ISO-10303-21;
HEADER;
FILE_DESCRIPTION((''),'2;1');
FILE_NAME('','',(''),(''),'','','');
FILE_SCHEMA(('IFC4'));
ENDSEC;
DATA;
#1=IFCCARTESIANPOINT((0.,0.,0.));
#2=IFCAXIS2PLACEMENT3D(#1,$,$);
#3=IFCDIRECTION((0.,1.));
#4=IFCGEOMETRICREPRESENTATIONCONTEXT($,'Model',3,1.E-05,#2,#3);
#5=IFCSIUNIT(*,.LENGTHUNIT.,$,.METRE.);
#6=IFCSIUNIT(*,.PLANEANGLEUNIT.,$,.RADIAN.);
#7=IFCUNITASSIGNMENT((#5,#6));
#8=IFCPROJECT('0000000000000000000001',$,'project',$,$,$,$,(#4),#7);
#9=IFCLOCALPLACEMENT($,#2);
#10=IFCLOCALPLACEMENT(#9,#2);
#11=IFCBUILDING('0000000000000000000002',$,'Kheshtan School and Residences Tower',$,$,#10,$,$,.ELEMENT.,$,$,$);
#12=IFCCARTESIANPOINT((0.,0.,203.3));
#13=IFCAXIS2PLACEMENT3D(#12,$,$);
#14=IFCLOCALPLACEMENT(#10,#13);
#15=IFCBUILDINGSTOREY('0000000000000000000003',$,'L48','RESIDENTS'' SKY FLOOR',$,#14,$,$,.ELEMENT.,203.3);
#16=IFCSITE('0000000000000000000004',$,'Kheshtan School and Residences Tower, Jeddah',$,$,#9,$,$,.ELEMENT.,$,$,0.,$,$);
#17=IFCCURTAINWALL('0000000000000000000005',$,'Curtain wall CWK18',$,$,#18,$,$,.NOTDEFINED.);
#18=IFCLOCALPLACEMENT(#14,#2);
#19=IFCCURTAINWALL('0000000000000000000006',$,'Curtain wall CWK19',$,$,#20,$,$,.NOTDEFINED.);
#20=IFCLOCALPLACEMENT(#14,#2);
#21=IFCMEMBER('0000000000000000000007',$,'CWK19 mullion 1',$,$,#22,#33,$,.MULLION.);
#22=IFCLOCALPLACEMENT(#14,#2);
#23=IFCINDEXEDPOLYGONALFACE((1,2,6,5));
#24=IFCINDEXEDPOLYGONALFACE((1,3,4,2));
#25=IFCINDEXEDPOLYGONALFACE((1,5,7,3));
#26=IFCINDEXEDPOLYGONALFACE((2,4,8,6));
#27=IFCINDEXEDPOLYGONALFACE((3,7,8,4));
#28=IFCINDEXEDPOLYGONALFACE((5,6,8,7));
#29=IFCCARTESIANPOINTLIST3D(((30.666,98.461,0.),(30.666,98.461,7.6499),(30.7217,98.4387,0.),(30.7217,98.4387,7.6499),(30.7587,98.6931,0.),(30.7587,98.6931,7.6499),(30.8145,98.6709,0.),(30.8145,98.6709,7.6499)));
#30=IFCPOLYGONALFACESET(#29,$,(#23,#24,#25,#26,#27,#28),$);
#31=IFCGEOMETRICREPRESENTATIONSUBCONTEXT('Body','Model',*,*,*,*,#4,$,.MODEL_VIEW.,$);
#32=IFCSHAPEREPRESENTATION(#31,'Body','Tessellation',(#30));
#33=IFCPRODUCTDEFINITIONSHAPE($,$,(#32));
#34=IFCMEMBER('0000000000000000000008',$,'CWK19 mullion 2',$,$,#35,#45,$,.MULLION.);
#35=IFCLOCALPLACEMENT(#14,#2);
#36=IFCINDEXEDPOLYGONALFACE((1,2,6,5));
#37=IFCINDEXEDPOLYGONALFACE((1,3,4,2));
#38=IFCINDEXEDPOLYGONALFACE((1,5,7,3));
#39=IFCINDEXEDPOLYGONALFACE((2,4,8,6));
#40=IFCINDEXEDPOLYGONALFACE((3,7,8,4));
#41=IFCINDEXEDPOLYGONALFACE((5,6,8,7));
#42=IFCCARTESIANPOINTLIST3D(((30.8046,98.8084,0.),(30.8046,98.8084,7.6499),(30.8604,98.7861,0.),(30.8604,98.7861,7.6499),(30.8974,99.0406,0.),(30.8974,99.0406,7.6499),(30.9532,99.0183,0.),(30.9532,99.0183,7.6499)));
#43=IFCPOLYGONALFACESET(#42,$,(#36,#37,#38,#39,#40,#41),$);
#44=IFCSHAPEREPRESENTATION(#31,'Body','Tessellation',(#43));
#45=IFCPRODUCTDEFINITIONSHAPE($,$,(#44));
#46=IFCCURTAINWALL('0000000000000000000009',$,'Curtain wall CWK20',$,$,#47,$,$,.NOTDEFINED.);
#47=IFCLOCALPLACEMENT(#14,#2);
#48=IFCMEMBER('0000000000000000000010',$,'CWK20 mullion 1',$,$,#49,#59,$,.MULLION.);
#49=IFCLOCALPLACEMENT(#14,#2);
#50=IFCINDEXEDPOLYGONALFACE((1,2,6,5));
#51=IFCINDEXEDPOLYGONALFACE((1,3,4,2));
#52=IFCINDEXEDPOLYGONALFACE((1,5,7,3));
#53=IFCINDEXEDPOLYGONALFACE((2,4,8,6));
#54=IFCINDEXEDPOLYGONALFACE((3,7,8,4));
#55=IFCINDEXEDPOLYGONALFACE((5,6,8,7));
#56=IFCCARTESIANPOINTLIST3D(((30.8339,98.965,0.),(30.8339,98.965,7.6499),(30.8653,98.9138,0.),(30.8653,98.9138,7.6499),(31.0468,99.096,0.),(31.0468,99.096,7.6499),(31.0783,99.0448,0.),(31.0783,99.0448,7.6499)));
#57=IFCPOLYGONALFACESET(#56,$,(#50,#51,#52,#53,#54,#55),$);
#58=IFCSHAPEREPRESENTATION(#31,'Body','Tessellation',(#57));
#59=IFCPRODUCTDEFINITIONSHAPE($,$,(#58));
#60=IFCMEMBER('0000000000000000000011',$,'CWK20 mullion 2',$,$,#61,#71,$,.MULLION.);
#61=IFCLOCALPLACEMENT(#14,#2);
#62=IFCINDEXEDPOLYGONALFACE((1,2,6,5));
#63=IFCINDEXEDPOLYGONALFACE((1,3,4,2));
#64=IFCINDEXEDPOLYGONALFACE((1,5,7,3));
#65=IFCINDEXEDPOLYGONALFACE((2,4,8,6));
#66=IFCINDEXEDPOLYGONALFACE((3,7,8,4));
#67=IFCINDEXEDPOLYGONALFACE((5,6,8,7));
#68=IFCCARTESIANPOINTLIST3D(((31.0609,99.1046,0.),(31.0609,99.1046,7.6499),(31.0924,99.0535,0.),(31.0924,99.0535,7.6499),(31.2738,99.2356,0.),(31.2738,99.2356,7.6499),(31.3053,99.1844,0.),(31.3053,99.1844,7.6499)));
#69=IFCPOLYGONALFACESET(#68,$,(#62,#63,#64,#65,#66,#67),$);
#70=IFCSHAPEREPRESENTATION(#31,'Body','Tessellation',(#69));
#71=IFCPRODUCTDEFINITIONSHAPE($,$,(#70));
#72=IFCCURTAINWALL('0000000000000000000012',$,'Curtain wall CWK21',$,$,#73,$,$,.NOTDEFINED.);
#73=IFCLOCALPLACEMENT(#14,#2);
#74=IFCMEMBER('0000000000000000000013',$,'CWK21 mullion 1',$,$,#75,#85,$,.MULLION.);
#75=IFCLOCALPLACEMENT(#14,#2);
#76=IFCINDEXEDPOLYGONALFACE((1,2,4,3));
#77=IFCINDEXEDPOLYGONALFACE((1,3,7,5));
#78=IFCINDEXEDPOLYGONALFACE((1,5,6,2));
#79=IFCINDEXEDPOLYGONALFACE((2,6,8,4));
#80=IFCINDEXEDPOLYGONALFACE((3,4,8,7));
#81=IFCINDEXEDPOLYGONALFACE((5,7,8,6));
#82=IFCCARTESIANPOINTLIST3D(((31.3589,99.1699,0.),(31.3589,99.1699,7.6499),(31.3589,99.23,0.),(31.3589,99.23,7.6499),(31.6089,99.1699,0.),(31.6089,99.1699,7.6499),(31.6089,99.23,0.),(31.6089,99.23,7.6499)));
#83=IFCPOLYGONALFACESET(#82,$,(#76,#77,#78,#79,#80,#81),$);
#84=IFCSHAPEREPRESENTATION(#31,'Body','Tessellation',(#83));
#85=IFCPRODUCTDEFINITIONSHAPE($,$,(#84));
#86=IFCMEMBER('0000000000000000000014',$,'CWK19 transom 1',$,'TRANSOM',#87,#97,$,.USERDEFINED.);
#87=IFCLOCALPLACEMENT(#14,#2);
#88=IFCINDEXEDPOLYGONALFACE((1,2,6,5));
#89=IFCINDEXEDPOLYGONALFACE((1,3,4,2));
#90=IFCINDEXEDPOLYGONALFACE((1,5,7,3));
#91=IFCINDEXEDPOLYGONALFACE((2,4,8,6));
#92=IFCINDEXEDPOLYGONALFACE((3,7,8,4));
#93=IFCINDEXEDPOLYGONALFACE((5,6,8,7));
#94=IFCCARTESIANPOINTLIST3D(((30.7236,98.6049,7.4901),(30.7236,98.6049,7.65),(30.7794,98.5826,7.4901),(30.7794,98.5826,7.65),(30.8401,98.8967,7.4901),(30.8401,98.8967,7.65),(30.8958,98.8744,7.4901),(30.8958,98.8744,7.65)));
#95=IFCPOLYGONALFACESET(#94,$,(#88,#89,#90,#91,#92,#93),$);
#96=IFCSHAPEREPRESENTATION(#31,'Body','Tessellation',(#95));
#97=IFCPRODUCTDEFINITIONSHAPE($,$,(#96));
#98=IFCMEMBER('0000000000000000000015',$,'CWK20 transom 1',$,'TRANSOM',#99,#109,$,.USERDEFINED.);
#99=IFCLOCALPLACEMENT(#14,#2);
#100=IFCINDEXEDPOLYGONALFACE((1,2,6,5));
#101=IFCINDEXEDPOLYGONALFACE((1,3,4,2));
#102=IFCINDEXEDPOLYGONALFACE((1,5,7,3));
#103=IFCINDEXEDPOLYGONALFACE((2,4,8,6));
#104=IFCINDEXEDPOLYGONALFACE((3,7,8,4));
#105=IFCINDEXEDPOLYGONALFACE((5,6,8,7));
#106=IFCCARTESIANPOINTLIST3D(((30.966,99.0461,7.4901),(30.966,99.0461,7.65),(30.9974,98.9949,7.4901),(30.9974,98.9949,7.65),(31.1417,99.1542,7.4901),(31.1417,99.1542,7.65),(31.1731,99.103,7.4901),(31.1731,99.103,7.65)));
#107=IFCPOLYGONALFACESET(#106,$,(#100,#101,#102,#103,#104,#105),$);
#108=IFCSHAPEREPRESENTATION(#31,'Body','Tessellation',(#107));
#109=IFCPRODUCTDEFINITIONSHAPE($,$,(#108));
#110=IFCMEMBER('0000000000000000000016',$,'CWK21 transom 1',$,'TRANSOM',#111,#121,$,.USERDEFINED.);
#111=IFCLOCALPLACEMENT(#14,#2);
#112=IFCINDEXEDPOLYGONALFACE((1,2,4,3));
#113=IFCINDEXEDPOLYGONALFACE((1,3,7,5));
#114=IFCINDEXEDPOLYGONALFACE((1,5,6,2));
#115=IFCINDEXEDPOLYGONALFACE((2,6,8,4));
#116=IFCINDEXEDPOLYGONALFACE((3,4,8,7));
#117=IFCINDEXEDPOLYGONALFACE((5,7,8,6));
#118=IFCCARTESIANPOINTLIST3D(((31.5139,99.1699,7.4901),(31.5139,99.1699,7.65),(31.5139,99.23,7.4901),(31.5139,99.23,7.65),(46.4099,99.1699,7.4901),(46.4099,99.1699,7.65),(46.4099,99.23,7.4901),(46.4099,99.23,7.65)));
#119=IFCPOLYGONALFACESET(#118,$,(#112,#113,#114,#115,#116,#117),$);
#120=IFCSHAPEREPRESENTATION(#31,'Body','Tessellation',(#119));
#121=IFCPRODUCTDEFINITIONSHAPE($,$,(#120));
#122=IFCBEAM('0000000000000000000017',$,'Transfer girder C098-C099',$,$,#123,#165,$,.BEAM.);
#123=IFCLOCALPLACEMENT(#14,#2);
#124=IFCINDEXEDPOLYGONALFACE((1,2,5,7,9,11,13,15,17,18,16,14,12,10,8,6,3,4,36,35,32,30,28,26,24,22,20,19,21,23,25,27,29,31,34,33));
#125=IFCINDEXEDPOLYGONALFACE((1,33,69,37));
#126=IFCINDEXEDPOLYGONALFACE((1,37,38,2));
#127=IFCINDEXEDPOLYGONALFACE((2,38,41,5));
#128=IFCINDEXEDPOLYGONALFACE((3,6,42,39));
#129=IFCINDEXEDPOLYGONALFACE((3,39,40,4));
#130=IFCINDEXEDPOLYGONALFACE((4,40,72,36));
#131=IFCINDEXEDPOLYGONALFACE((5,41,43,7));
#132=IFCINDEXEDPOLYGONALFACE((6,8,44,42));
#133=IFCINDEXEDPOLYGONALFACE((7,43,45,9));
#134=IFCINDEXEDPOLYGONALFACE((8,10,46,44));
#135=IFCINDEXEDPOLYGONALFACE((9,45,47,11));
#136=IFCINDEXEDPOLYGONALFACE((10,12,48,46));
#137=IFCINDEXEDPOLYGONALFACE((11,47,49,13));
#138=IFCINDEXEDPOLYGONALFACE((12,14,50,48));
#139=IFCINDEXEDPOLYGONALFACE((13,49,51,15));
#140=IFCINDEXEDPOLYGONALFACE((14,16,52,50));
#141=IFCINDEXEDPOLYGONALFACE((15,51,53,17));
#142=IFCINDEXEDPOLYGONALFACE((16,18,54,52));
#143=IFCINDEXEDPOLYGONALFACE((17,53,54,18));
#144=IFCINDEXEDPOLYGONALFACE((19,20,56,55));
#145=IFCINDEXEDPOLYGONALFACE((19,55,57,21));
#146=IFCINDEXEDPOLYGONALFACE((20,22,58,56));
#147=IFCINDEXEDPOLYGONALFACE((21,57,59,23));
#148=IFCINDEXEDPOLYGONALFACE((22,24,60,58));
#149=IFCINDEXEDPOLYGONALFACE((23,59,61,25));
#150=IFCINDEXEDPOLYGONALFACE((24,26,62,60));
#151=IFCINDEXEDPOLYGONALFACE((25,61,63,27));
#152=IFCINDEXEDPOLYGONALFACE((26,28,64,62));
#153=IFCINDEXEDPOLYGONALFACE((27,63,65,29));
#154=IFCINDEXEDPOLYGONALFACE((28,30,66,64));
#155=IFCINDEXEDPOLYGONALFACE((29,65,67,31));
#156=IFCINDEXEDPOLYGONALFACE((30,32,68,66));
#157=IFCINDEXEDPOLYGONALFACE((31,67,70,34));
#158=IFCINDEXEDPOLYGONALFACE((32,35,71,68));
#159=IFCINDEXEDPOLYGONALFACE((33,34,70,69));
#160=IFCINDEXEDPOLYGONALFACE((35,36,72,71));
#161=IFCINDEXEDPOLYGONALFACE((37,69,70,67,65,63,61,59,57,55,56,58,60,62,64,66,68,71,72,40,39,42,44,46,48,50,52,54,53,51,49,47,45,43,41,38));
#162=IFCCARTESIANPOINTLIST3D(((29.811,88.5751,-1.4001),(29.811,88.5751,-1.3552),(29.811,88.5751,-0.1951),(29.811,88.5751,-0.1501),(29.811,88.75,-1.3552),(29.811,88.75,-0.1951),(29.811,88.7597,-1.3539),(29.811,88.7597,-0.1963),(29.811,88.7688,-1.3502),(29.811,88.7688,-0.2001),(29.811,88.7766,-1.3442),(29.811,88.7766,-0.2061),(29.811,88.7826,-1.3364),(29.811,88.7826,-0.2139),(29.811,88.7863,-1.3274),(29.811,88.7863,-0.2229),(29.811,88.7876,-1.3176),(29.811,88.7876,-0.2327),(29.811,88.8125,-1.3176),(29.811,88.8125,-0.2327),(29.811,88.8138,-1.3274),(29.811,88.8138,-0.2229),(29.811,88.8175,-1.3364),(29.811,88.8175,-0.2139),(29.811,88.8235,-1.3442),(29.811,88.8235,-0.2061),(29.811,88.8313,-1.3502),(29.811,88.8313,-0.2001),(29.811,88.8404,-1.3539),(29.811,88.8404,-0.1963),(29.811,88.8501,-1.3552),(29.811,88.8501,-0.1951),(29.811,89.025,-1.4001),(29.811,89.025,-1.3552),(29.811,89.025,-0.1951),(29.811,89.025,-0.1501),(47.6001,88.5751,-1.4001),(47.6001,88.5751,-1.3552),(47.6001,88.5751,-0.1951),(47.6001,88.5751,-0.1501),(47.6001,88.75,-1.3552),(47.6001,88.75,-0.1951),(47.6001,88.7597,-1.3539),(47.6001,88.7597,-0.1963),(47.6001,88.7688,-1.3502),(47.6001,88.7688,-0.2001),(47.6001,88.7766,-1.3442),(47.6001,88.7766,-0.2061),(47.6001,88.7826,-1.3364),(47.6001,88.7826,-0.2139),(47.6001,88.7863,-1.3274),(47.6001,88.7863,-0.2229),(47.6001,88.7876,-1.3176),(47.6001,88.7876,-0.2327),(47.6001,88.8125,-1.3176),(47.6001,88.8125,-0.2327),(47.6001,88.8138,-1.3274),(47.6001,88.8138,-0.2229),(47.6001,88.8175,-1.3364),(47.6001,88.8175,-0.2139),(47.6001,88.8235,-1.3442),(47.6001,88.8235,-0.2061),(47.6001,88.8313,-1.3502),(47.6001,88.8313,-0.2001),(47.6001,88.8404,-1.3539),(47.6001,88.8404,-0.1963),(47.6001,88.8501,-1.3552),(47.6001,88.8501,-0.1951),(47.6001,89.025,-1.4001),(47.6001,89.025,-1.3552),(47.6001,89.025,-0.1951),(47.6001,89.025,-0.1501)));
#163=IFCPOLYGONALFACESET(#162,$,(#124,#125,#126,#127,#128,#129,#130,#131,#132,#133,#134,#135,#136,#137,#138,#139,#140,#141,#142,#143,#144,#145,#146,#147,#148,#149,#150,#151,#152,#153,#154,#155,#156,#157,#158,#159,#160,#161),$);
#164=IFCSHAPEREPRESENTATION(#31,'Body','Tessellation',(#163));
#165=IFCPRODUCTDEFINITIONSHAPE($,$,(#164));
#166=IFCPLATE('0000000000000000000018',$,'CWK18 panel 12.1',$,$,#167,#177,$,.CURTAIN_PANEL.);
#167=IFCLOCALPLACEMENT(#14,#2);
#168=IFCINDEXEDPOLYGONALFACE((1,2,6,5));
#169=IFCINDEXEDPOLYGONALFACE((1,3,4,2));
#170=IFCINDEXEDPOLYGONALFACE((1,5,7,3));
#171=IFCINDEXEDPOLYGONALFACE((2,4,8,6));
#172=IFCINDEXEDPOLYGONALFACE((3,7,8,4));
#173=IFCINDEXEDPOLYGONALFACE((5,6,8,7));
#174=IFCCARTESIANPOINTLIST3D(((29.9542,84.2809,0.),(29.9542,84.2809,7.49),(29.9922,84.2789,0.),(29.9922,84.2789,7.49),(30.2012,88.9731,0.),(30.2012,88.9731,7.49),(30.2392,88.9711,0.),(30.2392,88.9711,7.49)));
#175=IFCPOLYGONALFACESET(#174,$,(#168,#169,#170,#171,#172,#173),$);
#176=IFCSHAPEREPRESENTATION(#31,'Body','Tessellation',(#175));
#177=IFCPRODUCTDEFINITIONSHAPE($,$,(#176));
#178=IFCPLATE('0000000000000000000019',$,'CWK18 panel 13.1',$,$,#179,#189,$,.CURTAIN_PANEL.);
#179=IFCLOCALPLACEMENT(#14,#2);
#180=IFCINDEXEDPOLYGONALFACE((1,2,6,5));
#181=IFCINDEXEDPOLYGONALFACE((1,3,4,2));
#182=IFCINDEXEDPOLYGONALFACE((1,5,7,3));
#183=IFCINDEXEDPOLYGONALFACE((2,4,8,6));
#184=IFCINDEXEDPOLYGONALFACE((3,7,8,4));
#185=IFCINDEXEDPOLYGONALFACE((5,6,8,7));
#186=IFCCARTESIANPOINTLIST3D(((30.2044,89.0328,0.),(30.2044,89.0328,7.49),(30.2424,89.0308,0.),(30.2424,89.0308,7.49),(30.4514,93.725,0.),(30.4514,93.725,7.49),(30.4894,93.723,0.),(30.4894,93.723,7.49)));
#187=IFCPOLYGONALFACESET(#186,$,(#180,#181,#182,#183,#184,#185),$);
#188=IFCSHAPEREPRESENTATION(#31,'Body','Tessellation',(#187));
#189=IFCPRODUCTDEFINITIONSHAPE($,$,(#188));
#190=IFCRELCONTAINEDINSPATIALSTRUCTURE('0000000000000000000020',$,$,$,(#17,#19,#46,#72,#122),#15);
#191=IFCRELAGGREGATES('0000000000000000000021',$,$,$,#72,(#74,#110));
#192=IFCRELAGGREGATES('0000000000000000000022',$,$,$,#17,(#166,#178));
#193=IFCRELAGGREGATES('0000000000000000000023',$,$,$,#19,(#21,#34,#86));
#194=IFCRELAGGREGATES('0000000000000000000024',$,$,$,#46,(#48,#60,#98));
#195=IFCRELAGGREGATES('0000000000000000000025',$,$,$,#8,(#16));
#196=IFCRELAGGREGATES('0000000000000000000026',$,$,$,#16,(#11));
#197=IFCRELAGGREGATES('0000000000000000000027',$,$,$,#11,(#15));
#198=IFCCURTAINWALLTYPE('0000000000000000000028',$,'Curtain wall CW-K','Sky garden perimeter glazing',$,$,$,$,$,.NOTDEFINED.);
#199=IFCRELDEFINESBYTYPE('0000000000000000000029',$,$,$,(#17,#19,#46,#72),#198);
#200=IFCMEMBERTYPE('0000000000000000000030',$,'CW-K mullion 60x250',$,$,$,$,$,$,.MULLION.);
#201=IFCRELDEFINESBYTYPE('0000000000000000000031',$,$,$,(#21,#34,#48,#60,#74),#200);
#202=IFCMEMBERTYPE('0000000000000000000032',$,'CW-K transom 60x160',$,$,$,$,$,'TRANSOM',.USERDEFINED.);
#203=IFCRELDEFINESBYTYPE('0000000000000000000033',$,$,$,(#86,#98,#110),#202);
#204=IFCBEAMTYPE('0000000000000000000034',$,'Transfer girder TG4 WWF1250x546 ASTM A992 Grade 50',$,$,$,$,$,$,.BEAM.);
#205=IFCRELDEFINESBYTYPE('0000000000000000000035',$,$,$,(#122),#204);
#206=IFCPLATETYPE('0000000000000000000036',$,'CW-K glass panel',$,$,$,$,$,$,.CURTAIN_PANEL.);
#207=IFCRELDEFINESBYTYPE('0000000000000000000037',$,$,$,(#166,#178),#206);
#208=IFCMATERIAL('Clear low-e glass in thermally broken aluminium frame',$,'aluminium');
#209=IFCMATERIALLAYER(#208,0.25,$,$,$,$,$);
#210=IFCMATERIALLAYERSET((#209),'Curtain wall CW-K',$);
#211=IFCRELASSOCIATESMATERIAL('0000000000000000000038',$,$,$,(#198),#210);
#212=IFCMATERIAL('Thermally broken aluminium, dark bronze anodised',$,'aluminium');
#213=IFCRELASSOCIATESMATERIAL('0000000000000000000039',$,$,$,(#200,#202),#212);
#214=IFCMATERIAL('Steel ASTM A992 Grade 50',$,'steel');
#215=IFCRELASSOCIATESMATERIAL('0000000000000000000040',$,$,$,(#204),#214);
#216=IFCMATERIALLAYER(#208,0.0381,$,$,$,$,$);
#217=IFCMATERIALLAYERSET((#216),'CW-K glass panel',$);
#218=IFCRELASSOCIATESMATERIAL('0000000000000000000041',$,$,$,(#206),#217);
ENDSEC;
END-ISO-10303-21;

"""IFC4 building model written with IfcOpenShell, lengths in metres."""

from ifc_helpers import new_model, si_unit, direction, frame, origin, origin_2d, place, context, subcontext, project, spatial, rectangle, i_section, extrude, material, layer, layer_set, material_profile, profile_set, type_object, element, aggregate, save


model = new_model("IFC4")

# Units and contexts
model_context = context("Model", 3, precision=1e-05, world=origin(), true_north=direction((0.0, 1.0)))
body_context = subcontext(model_context, "Body", "Model", "MODEL_VIEW")
ifc_project = project(units=[si_unit("LENGTHUNIT", "METRE"), si_unit("PLANEANGLEUNIT", "RADIAN")], contexts=[model_context])

# Site, building, storey
site_placement = place(None, origin())
site = spatial("IfcSite", under=ifc_project, at=site_placement, Name="Kheshtan School and Residences Tower, Jeddah", CompositionType="ELEMENT", RefElevation=0.0)
building_placement = place(site_placement, origin())
building = spatial("IfcBuilding", under=site, at=building_placement, Name="Kheshtan School and Residences Tower", CompositionType="ELEMENT")
storey_placement = place(building_placement, frame((0.0, 0.0, 203.3)))
storey = spatial("IfcBuildingStorey", under=building, at=storey_placement, Name="L48", Description="RESIDENTS' SKY FLOOR", CompositionType="ELEMENT", Elevation=203.3)

# Shared definitions
ifc_material_1 = material(Name="Steel ASTM A992 Grade 50", Category="steel")

# Curtain walls, members
ifc_material_2 = material(Name="Clear low-e glass in thermally broken aluminium frame", Category="aluminium")
ifc_layer_1 = layer(ifc_material_2, 0.25)
ifc_layer_set_1 = layer_set([ifc_layer_1], Name="Curtain wall CW-K")
curtain_wall_type = type_object("IfcCurtainWallType", Name="Curtain wall CW-K", Description="Sky garden perimeter glazing", PredefinedType="NOTDEFINED", material=ifc_layer_set_1)
curtain_wall_1_placement = place(storey_placement, origin())
curtain_wall_1 = element("IfcCurtainWall", 1, at=curtain_wall_1_placement, inside=storey, type_object=curtain_wall_type, Name="Curtain wall CWK18", PredefinedType="NOTDEFINED")
ifc_material_3 = material(Name="Thermally broken aluminium, dark bronze anodised", Category="aluminium")
ifc_material_profile_1 = material_profile(ifc_material_3, rectangle(XDim=0.0601, YDim=0.25, at=origin_2d()), Name="CW-K mullion 60x250")
ifc_profile_set_1 = profile_set([ifc_material_profile_1], Name="Thermally broken aluminium, dark bronze anodised")
member_type_1 = type_object("IfcMemberType", Name="CW-K mullion 60x250", PredefinedType="MULLION", material=ifc_profile_set_1)
curtain_wall_2_placement = place(storey_placement, origin())
curtain_wall_2 = element("IfcCurtainWall", 2, at=curtain_wall_2_placement, inside=storey, type_object=curtain_wall_type, Name="Curtain wall CWK19", PredefinedType="NOTDEFINED")
member_1_placement = place(storey_placement, frame((30.7402, 98.5659, 0.0), z_axis=(0.0, 0.0, 1.0), x_axis=(-0.928636, 0.370993, 0.0)))
member_1 = element("IfcMember", 3, at=member_1_placement, type_object=member_type_1, Name="CWK19 mullion 1", PredefinedType="MULLION", context=body_context, shape_type="SweptSolid", body=[
    extrude(rectangle(XDim=0.0601, YDim=0.25, at=origin_2d()), origin(), (0.0, 0.0, 1.0), 7.6499),
])
member_2_placement = place(storey_placement, frame((30.8789, 98.9133, 0.0), z_axis=(0.0, 0.0, 1.0), x_axis=(-0.928636, 0.370993, 0.0)))
member_2 = element("IfcMember", 4, at=member_2_placement, type_object=member_type_1, Name="CWK19 mullion 2", PredefinedType="MULLION", context=body_context, shape_type="SweptSolid", body=[
    extrude(rectangle(XDim=0.0601, YDim=0.25, at=origin_2d()), origin(), (0.0, 0.0, 1.0), 7.6499),
])
curtain_wall_3_placement = place(storey_placement, origin())
curtain_wall_3 = element("IfcCurtainWall", 5, at=curtain_wall_3_placement, inside=storey, type_object=curtain_wall_type, Name="Curtain wall CWK20", PredefinedType="NOTDEFINED")
member_3_placement = place(storey_placement, frame((30.9561, 99.0049, 0.0), z_axis=(0.0, 0.0, 1.0), x_axis=(-0.523926, 0.851763, 0.0)))
member_3 = element("IfcMember", 6, at=member_3_placement, type_object=member_type_1, Name="CWK20 mullion 1", PredefinedType="MULLION", context=body_context, shape_type="SweptSolid", body=[
    extrude(rectangle(XDim=0.0601, YDim=0.25, at=origin_2d()), origin(), (0.0, 0.0, 1.0), 7.6499),
])
member_4_placement = place(storey_placement, frame((31.1831, 99.1445, 0.0), z_axis=(0.0, 0.0, 1.0), x_axis=(-0.523926, 0.851763, 0.0)))
member_4 = element("IfcMember", 7, at=member_4_placement, type_object=member_type_1, Name="CWK20 mullion 2", PredefinedType="MULLION", context=body_context, shape_type="SweptSolid", body=[
    extrude(rectangle(XDim=0.0601, YDim=0.25, at=origin_2d()), origin(), (0.0, 0.0, 1.0), 7.6499),
])

# Curtain wall, member
curtain_wall_4_placement = place(storey_placement, origin())
curtain_wall_4 = element("IfcCurtainWall", 8, at=curtain_wall_4_placement, inside=storey, type_object=curtain_wall_type, Name="Curtain wall CWK21", PredefinedType="NOTDEFINED")
member_5_placement = place(storey_placement, frame((31.4839, 99.2, 0.0), z_axis=(0.0, 0.0, 1.0), x_axis=(0.0, 1.0, 0.0)))
member_5 = element("IfcMember", 9, at=member_5_placement, type_object=member_type_1, Name="CWK21 mullion 1", PredefinedType="MULLION", context=body_context, shape_type="SweptSolid", body=[
    extrude(rectangle(XDim=0.0601, YDim=0.25, at=origin_2d()), origin(), (0.0, 0.0, 1.0), 7.6499),
])

# Members
ifc_material_profile_2 = material_profile(ifc_material_3, rectangle(XDim=0.0601, YDim=0.1599, at=origin_2d()), Name="CW-K transom 60x160")
ifc_profile_set_2 = profile_set([ifc_material_profile_2], Name="Thermally broken aluminium, dark bronze anodised")
member_type_2 = type_object("IfcMemberType", Name="CW-K transom 60x160", ElementType="TRANSOM", PredefinedType="USERDEFINED", material=ifc_profile_set_2)
member_6_placement = place(storey_placement, frame((30.7515, 98.5938, 7.5701), z_axis=(0.370721, 0.928744, 0.0), x_axis=(-0.928744, 0.370721, 0.0)))
member_6 = element("IfcMember", 10, at=member_6_placement, type_object=member_type_2, Name="CWK19 transom 1", ObjectType="TRANSOM", PredefinedType="USERDEFINED", context=body_context, shape_type="SweptSolid", body=[
    extrude(rectangle(XDim=0.0601, YDim=0.1599, at=origin_2d()), origin(), (0.0, 0.0, 1.0), 0.3142),
])
member_7_placement = place(storey_placement, frame((30.9817, 99.0205, 7.5701), z_axis=(0.851699, 0.524031, 0.0), x_axis=(-0.524031, 0.851699, 0.0)))
member_7 = element("IfcMember", 11, at=member_7_placement, type_object=member_type_2, Name="CWK20 transom 1", ObjectType="TRANSOM", PredefinedType="USERDEFINED", context=body_context, shape_type="SweptSolid", body=[
    extrude(rectangle(XDim=0.0601, YDim=0.1599, at=origin_2d()), origin(), (0.0, 0.0, 1.0), 0.2063),
])
member_8_placement = place(storey_placement, frame((31.5139, 99.2, 7.5701), z_axis=(1.0, 0.0, 0.0), x_axis=(0.0, 1.0, 0.0)))
member_8 = element("IfcMember", 12, at=member_8_placement, type_object=member_type_2, Name="CWK21 transom 1", ObjectType="TRANSOM", PredefinedType="USERDEFINED", context=body_context, shape_type="SweptSolid", body=[
    extrude(rectangle(XDim=0.0601, YDim=0.1599, at=origin_2d()), origin(), (0.0, 0.0, 1.0), 14.896),
])
aggregate(curtain_wall_4, [member_5, member_8])

# Beam
ifc_material_profile_3 = material_profile(ifc_material_1, i_section(OverallWidth=0.45, OverallDepth=1.25, WebThickness=0.0249, FlangeThickness=0.0449, FilletRadius=0.0376, at=origin_2d()), Name="WWF1250x546")
ifc_profile_set_3 = profile_set([ifc_material_profile_3], Name="Steel ASTM A992 Grade 50")
beam_type_1 = type_object("IfcBeamType", Name="Transfer girder TG4 WWF1250x546 ASTM A992 Grade 50", PredefinedType="BEAM", material=ifc_profile_set_3)
beam_1_placement = place(storey_placement, frame((29.811, 88.8, -0.7751), z_axis=(1.0, 0.0, 0.0), x_axis=(0.0, 1.0, 0.0)))
element("IfcBeam", 13, at=beam_1_placement, inside=storey, type_object=beam_type_1, Name="Transfer girder C098-C099", PredefinedType="BEAM", context=body_context, shape_type="SweptSolid", body=[
    extrude(i_section(OverallWidth=0.45, OverallDepth=1.25, WebThickness=0.0249, FlangeThickness=0.0449, FilletRadius=0.0376, at=origin_2d()), origin(), (0.0, 0.0, 1.0), 17.7891),
])

# Plates
ifc_layer_2 = layer(ifc_material_2, 0.0381)
ifc_layer_set_2 = layer_set([ifc_layer_2], Name="CW-K glass panel")
plate_type = type_object("IfcPlateType", Name="CW-K glass panel", PredefinedType="CURTAIN_PANEL", material=ifc_layer_set_2)
plate_1_placement = place(storey_placement, frame((30.0967, 86.626, 0.0), z_axis=(0.0, 0.0, 1.0), x_axis=(0.052565, 0.998617, 0.0)))
plate_1 = element("IfcPlate", 14, at=plate_1_placement, type_object=plate_type, Name="CWK18 panel 12.1", PredefinedType="CURTAIN_PANEL", context=body_context, shape_type="SweptSolid", body=[
    extrude(rectangle(XDim=4.6987, YDim=0.0381, at=origin_2d()), origin(), (0.0, 0.0, 1.0), 7.49),
])
plate_2_placement = place(storey_placement, frame((30.3469, 91.3779, 0.0), z_axis=(0.0, 0.0, 1.0), x_axis=(0.052565, 0.998617, 0.0)))
plate_2 = element("IfcPlate", 15, at=plate_2_placement, type_object=plate_type, Name="CWK18 panel 13.1", PredefinedType="CURTAIN_PANEL", context=body_context, shape_type="SweptSolid", body=[
    extrude(rectangle(XDim=4.6987, YDim=0.0381, at=origin_2d()), origin(), (0.0, 0.0, 1.0), 7.49),
])
aggregate(curtain_wall_1, [plate_1, plate_2])
aggregate(curtain_wall_2, [member_1, member_2, member_6])
aggregate(curtain_wall_3, [member_3, member_4, member_7])

save(model, "model.ifc")
